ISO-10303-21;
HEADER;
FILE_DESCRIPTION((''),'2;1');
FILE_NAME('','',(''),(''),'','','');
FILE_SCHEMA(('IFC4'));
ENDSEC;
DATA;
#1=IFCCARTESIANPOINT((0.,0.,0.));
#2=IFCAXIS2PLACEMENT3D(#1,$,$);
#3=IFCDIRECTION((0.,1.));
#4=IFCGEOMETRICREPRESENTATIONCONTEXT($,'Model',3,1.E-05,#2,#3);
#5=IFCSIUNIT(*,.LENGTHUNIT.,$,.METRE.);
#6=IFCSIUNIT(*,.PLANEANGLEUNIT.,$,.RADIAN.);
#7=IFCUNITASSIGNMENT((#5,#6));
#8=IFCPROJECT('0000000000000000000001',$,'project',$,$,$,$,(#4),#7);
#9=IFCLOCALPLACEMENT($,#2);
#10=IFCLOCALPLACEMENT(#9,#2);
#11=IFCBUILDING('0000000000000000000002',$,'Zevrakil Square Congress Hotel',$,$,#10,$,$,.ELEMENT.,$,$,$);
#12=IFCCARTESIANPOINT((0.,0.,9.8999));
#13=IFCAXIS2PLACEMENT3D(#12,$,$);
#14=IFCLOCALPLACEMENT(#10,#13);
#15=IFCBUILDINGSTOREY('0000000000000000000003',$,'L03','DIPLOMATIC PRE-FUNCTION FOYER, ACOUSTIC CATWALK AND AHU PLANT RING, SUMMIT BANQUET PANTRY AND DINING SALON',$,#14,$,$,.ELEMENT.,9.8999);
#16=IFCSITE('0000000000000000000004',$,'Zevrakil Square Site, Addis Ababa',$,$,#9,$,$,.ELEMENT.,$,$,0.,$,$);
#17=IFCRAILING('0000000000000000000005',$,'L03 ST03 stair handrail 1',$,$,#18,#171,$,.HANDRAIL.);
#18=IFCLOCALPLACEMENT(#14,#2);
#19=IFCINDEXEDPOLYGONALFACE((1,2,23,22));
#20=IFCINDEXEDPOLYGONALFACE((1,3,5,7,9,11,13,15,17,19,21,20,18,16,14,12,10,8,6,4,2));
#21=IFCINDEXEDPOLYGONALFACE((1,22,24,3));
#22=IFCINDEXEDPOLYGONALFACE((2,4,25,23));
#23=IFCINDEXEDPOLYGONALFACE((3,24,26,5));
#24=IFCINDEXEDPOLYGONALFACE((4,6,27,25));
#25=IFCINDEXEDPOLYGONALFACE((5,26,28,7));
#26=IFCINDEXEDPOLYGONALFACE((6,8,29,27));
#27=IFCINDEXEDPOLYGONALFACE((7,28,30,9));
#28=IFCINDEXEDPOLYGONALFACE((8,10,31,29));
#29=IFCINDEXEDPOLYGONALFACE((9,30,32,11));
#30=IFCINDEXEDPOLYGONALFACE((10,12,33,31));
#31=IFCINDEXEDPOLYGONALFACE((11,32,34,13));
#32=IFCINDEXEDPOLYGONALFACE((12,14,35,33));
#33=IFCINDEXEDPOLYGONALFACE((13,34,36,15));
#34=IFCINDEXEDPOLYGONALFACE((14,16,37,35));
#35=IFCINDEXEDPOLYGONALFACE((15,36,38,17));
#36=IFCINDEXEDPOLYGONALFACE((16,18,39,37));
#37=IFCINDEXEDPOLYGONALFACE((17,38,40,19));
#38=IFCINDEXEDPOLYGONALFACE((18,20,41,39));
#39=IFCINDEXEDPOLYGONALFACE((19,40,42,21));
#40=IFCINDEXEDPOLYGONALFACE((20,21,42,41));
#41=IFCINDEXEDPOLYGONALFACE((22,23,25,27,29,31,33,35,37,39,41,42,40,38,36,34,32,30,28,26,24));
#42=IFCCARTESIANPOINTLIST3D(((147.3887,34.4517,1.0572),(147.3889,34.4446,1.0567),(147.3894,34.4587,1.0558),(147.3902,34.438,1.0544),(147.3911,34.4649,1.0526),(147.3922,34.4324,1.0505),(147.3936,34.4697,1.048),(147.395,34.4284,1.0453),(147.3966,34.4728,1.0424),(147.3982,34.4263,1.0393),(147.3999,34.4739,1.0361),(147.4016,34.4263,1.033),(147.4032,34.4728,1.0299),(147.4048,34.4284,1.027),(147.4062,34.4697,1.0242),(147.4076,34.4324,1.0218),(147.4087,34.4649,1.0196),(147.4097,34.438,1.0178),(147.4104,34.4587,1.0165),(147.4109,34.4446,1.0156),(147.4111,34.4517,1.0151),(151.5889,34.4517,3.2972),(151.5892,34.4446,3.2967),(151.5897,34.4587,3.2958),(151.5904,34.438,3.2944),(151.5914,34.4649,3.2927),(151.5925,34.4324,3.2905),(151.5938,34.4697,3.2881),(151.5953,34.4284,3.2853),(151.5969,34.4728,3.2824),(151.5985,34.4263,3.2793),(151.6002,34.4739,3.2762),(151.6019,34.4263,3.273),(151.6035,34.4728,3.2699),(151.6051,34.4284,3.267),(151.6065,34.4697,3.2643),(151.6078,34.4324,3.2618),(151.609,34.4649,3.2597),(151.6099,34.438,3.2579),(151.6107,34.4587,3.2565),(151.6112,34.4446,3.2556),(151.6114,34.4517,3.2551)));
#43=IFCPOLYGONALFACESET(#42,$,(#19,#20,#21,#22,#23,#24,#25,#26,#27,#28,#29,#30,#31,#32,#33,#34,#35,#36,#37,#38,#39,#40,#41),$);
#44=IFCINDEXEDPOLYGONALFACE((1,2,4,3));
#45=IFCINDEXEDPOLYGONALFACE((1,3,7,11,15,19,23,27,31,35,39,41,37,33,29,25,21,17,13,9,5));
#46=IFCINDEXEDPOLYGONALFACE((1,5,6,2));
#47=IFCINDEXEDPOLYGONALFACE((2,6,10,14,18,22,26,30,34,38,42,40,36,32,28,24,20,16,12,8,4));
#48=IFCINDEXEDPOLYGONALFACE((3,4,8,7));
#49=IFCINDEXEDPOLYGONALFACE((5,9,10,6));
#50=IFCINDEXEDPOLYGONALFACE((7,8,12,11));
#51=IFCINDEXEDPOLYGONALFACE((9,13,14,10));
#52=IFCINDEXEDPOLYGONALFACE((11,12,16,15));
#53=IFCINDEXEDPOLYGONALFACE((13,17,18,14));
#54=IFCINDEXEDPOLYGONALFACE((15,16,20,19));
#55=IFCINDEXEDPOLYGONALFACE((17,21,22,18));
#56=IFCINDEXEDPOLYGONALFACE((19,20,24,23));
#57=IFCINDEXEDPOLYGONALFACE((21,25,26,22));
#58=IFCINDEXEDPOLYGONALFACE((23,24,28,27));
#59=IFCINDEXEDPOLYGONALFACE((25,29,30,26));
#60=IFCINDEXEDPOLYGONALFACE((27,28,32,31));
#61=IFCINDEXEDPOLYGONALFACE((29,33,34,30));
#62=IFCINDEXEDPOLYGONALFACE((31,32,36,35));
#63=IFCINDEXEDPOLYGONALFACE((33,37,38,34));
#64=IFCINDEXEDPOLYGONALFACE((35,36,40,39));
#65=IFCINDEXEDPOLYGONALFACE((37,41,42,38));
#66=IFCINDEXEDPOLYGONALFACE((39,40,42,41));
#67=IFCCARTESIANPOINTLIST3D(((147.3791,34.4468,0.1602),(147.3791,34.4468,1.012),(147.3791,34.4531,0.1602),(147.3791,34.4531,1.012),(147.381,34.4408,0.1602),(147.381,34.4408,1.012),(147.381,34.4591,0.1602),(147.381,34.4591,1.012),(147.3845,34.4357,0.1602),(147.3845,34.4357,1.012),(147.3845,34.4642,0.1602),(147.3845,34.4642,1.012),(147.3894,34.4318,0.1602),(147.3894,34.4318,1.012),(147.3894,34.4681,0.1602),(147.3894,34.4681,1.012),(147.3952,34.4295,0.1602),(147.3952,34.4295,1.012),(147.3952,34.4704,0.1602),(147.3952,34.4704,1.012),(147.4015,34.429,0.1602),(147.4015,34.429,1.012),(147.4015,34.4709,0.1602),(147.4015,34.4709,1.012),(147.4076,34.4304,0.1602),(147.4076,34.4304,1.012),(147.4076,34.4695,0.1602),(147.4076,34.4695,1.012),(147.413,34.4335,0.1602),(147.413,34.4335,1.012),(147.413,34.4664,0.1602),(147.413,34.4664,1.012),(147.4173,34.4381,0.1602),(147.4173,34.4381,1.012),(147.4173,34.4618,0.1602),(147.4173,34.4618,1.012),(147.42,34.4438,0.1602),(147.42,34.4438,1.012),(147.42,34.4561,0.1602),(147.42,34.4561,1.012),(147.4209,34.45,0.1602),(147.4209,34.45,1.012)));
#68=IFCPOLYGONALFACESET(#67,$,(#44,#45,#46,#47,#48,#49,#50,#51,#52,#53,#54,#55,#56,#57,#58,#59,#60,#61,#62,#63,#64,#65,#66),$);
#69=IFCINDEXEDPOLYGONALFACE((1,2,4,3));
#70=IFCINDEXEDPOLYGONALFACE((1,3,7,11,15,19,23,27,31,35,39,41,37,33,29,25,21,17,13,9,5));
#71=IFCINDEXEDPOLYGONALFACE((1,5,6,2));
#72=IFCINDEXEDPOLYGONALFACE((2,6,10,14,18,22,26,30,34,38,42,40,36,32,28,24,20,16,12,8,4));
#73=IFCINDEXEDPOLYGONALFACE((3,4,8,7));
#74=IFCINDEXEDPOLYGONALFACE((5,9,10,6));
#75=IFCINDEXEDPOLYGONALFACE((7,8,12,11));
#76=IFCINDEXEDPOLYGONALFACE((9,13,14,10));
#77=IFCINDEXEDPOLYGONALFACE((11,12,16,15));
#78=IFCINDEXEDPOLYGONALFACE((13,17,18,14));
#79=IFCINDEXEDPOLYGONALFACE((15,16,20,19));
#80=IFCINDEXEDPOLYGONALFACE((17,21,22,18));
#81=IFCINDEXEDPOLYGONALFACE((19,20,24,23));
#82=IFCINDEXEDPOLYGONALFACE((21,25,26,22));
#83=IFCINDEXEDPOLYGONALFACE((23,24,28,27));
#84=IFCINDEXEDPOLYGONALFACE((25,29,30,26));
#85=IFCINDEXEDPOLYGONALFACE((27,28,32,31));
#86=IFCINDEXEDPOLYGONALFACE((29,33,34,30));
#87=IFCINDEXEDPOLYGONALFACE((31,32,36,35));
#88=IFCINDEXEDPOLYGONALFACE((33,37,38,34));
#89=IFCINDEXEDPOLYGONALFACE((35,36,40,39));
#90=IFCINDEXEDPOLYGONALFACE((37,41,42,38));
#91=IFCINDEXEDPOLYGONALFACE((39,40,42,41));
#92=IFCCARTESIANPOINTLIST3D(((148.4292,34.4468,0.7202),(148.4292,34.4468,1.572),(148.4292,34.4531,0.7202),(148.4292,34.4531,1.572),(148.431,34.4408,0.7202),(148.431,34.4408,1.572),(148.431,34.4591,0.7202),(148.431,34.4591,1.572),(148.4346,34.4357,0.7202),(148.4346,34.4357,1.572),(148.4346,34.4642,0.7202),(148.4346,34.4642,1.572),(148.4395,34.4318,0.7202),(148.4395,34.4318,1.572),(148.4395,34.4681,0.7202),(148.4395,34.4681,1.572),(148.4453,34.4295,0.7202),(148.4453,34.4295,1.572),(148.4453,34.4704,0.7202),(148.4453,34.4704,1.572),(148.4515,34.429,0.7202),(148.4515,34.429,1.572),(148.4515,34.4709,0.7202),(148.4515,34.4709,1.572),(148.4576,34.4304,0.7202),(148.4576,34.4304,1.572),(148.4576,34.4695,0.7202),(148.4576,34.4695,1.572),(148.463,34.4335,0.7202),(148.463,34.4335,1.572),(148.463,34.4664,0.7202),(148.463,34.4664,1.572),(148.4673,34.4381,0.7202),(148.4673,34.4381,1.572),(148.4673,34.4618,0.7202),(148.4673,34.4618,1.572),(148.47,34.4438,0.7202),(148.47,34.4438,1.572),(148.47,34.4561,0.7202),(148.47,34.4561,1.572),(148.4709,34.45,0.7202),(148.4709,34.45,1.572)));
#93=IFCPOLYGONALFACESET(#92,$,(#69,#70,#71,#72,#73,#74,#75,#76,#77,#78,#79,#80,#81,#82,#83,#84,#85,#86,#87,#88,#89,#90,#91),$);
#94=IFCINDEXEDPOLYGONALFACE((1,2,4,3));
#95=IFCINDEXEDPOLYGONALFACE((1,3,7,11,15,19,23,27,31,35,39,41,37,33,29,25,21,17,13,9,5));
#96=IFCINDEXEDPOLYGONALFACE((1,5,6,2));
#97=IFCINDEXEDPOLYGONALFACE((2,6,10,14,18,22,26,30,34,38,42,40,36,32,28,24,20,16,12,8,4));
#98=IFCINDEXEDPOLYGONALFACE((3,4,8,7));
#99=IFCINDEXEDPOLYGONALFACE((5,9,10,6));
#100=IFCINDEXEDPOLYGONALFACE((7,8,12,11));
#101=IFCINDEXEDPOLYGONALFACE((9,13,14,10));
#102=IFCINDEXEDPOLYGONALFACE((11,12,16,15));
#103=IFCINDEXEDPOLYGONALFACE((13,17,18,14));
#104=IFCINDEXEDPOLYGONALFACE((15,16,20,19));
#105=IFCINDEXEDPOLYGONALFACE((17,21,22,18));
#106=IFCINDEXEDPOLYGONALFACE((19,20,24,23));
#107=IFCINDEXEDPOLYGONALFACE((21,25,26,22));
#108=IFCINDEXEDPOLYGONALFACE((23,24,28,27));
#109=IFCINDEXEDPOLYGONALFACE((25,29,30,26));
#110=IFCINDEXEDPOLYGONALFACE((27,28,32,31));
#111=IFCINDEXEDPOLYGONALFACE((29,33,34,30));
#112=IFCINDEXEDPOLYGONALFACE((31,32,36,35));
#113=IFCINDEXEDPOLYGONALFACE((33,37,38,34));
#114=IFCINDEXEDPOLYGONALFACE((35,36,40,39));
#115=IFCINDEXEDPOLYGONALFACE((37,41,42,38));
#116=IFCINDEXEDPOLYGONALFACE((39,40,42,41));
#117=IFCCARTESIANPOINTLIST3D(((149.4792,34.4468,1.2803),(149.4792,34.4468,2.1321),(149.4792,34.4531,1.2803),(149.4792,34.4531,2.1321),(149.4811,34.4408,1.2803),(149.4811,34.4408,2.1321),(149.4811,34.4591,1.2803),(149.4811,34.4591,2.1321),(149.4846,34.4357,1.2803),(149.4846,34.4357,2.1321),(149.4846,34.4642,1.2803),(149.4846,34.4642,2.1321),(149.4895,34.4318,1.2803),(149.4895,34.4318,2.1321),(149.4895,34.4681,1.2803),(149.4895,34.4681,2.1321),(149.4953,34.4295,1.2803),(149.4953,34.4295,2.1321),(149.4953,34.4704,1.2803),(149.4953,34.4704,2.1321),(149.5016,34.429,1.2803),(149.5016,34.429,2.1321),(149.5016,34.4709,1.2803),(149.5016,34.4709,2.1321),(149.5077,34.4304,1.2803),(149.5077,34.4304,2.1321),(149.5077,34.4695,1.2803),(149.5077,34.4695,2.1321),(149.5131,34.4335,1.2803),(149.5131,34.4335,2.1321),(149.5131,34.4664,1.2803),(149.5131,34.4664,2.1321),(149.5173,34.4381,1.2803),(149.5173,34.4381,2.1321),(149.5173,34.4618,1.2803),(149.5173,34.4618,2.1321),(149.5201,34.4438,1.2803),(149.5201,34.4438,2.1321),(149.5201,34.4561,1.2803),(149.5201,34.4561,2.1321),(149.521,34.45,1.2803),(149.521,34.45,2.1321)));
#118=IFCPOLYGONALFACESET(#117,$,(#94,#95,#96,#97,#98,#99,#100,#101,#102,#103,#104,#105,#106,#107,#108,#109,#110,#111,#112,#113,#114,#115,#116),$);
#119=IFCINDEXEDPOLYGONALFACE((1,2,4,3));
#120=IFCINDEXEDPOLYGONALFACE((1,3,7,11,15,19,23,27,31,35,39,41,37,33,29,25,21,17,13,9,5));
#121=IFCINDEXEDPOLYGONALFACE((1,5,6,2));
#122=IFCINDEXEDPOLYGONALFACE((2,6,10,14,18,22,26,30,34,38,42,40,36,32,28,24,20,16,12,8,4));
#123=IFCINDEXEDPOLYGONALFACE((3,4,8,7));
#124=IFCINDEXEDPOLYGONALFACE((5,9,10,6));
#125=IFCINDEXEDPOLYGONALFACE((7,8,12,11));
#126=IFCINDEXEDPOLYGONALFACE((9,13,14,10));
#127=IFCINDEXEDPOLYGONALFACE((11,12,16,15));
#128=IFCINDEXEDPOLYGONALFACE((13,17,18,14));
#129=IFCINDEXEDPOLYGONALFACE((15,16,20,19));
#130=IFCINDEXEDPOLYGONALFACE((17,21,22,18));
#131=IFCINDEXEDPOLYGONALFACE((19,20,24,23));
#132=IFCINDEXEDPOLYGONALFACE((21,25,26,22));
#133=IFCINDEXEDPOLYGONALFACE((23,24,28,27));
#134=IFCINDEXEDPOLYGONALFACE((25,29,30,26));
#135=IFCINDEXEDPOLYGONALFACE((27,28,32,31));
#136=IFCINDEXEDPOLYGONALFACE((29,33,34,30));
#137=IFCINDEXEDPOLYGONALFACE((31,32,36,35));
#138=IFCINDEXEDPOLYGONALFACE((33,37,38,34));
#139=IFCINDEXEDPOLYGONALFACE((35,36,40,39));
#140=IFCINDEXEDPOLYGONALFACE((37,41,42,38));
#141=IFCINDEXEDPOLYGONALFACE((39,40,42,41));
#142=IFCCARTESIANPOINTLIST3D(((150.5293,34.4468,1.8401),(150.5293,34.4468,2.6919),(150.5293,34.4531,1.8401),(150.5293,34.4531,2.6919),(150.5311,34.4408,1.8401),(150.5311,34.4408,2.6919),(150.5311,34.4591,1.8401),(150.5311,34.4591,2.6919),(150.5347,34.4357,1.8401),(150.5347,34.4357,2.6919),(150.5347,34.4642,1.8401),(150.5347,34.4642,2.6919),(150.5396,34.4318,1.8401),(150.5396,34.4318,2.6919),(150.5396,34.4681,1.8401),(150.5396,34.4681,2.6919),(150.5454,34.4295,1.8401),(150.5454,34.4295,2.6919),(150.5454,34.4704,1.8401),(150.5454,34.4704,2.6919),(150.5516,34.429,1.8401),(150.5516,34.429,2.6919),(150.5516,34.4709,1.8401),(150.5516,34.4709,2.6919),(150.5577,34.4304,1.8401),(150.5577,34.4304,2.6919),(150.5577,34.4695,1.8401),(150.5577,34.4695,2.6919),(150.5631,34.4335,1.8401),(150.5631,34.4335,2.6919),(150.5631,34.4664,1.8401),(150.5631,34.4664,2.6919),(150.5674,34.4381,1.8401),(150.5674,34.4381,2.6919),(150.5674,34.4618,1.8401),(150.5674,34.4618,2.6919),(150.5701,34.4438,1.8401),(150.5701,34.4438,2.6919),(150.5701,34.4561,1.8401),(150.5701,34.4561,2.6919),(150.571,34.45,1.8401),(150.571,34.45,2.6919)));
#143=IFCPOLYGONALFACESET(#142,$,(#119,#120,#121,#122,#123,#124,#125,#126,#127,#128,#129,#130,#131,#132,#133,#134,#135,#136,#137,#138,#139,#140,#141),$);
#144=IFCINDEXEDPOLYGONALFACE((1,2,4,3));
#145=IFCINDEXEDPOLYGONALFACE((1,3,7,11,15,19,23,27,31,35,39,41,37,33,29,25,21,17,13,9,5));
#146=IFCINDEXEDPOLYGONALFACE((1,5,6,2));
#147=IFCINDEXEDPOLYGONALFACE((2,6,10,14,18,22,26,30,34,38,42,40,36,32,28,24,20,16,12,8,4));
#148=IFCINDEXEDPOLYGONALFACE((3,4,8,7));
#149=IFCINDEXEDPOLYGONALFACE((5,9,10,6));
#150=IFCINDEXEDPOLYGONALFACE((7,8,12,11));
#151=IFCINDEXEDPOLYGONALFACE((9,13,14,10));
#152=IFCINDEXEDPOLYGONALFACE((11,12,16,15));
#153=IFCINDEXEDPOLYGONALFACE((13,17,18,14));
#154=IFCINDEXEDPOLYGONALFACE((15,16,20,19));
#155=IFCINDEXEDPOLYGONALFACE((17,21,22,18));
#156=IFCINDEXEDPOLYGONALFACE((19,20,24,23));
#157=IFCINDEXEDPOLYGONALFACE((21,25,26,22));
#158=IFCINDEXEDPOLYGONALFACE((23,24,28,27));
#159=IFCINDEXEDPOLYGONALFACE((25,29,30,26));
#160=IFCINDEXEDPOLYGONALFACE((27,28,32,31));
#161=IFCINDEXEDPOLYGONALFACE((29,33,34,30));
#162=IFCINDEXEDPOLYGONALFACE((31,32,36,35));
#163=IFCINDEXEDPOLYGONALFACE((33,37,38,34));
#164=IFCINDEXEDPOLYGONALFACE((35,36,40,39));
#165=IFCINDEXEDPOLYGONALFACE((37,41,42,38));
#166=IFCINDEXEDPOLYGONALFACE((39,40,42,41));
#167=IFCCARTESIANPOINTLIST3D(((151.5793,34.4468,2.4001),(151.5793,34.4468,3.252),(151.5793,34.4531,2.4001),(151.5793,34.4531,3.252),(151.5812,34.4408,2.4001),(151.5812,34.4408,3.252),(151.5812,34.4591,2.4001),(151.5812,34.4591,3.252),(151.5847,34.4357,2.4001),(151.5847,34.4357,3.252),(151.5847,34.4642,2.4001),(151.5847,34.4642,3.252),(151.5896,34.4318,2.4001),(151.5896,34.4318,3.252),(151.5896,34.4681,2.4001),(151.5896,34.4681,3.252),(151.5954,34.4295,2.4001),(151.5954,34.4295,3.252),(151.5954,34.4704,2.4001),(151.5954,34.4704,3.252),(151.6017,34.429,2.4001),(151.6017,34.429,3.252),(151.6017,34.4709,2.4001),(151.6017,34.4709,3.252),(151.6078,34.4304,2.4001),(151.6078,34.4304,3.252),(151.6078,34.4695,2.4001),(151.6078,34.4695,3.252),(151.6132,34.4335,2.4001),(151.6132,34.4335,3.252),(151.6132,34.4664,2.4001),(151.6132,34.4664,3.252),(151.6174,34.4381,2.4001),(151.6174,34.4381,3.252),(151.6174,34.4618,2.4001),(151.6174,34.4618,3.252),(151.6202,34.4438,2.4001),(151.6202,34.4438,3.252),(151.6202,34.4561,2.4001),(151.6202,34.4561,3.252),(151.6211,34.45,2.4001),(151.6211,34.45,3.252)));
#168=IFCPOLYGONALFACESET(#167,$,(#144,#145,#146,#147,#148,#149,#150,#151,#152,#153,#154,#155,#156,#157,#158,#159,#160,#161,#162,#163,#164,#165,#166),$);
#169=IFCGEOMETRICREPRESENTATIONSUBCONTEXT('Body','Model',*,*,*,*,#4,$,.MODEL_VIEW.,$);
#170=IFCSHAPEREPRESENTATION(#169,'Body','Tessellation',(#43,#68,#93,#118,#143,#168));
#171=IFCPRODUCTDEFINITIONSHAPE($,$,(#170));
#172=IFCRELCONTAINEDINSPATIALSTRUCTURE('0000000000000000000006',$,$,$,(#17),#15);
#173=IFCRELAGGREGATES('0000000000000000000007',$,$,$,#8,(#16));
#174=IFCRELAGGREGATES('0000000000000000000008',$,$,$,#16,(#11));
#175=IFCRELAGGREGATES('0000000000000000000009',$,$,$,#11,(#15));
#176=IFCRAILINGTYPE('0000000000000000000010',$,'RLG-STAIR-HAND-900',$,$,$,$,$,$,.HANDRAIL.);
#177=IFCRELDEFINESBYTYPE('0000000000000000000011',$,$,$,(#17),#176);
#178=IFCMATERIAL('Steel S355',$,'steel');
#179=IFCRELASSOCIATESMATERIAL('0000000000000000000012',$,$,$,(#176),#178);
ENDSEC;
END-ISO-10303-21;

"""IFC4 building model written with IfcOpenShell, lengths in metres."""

from ifc_helpers import new_model, si_unit, direction, frame, origin, origin_2d, place, context, subcontext, project, spatial, circle, extrude, material, type_object, element, save


model = new_model("IFC4")

# Units and contexts
model_context = context("Model", 3, precision=1e-05, world=origin(), true_north=direction((0.0, 1.0)))
body_context = subcontext(model_context, "Body", "Model", "MODEL_VIEW")
ifc_project = project(units=[si_unit("LENGTHUNIT", "METRE"), si_unit("PLANEANGLEUNIT", "RADIAN")], contexts=[model_context])

# Site, building, storey
site_placement = place(None, origin())
site = spatial("IfcSite", under=ifc_project, at=site_placement, Name="Zevrakil Square Site, Addis Ababa", CompositionType="ELEMENT", RefElevation=0.0)
building_placement = place(site_placement, origin())
building = spatial("IfcBuilding", under=site, at=building_placement, Name="Zevrakil Square Congress Hotel", CompositionType="ELEMENT")
storey_placement = place(building_placement, frame((0.0, 0.0, 9.8999)))
storey = spatial("IfcBuildingStorey", under=building, at=storey_placement, Name="L03", Description="DIPLOMATIC PRE-FUNCTION FOYER, ACOUSTIC CATWALK AND AHU PLANT RING, SUMMIT BANQUET PANTRY AND DINING SALON", CompositionType="ELEMENT", Elevation=9.8999)

# Railing
ifc_material_1 = material(Name="Steel S355", Category="steel")
railing_type_1 = type_object("IfcRailingType", Name="RLG-STAIR-HAND-900", PredefinedType="HANDRAIL", material=ifc_material_1)
railing_1_placement = place(storey_placement, frame((147.3999, 34.45, 0.1602)))
element("IfcRailing", 1, at=railing_1_placement, inside=storey, type_object=railing_type_1, Name="L03 ST03 stair handrail 1", PredefinedType="HANDRAIL", context=body_context, shape_type="SweptSolid", body=[
    extrude(circle(Radius=0.0239, at=origin_2d()), frame((0.0, 0.0, 0.876), z_axis=(0.882363, 0.0, 0.47057), x_axis=(0.0, 1.0, 0.0)), (0.0, 0.0, 1.0), 4.7603),
    extrude(circle(Radius=0.021, at=origin_2d()), origin(), (0.0, 0.0, 1.0), 0.8518),
    extrude(circle(Radius=0.021, at=origin_2d()), frame((1.05, 0.0, 0.5601)), (0.0, 0.0, 1.0), 0.8518),
    extrude(circle(Radius=0.021, at=origin_2d()), frame((2.1001, 0.0, 1.1201)), (0.0, 0.0, 1.0), 0.8518),
    extrude(circle(Radius=0.021, at=origin_2d()), frame((3.1501, 0.0, 1.6799)), (0.0, 0.0, 1.0), 0.8518),
    extrude(circle(Radius=0.021, at=origin_2d()), frame((4.2002, 0.0, 2.24)), (0.0, 0.0, 1.0), 0.8518),
])

save(model, "model.ifc")
